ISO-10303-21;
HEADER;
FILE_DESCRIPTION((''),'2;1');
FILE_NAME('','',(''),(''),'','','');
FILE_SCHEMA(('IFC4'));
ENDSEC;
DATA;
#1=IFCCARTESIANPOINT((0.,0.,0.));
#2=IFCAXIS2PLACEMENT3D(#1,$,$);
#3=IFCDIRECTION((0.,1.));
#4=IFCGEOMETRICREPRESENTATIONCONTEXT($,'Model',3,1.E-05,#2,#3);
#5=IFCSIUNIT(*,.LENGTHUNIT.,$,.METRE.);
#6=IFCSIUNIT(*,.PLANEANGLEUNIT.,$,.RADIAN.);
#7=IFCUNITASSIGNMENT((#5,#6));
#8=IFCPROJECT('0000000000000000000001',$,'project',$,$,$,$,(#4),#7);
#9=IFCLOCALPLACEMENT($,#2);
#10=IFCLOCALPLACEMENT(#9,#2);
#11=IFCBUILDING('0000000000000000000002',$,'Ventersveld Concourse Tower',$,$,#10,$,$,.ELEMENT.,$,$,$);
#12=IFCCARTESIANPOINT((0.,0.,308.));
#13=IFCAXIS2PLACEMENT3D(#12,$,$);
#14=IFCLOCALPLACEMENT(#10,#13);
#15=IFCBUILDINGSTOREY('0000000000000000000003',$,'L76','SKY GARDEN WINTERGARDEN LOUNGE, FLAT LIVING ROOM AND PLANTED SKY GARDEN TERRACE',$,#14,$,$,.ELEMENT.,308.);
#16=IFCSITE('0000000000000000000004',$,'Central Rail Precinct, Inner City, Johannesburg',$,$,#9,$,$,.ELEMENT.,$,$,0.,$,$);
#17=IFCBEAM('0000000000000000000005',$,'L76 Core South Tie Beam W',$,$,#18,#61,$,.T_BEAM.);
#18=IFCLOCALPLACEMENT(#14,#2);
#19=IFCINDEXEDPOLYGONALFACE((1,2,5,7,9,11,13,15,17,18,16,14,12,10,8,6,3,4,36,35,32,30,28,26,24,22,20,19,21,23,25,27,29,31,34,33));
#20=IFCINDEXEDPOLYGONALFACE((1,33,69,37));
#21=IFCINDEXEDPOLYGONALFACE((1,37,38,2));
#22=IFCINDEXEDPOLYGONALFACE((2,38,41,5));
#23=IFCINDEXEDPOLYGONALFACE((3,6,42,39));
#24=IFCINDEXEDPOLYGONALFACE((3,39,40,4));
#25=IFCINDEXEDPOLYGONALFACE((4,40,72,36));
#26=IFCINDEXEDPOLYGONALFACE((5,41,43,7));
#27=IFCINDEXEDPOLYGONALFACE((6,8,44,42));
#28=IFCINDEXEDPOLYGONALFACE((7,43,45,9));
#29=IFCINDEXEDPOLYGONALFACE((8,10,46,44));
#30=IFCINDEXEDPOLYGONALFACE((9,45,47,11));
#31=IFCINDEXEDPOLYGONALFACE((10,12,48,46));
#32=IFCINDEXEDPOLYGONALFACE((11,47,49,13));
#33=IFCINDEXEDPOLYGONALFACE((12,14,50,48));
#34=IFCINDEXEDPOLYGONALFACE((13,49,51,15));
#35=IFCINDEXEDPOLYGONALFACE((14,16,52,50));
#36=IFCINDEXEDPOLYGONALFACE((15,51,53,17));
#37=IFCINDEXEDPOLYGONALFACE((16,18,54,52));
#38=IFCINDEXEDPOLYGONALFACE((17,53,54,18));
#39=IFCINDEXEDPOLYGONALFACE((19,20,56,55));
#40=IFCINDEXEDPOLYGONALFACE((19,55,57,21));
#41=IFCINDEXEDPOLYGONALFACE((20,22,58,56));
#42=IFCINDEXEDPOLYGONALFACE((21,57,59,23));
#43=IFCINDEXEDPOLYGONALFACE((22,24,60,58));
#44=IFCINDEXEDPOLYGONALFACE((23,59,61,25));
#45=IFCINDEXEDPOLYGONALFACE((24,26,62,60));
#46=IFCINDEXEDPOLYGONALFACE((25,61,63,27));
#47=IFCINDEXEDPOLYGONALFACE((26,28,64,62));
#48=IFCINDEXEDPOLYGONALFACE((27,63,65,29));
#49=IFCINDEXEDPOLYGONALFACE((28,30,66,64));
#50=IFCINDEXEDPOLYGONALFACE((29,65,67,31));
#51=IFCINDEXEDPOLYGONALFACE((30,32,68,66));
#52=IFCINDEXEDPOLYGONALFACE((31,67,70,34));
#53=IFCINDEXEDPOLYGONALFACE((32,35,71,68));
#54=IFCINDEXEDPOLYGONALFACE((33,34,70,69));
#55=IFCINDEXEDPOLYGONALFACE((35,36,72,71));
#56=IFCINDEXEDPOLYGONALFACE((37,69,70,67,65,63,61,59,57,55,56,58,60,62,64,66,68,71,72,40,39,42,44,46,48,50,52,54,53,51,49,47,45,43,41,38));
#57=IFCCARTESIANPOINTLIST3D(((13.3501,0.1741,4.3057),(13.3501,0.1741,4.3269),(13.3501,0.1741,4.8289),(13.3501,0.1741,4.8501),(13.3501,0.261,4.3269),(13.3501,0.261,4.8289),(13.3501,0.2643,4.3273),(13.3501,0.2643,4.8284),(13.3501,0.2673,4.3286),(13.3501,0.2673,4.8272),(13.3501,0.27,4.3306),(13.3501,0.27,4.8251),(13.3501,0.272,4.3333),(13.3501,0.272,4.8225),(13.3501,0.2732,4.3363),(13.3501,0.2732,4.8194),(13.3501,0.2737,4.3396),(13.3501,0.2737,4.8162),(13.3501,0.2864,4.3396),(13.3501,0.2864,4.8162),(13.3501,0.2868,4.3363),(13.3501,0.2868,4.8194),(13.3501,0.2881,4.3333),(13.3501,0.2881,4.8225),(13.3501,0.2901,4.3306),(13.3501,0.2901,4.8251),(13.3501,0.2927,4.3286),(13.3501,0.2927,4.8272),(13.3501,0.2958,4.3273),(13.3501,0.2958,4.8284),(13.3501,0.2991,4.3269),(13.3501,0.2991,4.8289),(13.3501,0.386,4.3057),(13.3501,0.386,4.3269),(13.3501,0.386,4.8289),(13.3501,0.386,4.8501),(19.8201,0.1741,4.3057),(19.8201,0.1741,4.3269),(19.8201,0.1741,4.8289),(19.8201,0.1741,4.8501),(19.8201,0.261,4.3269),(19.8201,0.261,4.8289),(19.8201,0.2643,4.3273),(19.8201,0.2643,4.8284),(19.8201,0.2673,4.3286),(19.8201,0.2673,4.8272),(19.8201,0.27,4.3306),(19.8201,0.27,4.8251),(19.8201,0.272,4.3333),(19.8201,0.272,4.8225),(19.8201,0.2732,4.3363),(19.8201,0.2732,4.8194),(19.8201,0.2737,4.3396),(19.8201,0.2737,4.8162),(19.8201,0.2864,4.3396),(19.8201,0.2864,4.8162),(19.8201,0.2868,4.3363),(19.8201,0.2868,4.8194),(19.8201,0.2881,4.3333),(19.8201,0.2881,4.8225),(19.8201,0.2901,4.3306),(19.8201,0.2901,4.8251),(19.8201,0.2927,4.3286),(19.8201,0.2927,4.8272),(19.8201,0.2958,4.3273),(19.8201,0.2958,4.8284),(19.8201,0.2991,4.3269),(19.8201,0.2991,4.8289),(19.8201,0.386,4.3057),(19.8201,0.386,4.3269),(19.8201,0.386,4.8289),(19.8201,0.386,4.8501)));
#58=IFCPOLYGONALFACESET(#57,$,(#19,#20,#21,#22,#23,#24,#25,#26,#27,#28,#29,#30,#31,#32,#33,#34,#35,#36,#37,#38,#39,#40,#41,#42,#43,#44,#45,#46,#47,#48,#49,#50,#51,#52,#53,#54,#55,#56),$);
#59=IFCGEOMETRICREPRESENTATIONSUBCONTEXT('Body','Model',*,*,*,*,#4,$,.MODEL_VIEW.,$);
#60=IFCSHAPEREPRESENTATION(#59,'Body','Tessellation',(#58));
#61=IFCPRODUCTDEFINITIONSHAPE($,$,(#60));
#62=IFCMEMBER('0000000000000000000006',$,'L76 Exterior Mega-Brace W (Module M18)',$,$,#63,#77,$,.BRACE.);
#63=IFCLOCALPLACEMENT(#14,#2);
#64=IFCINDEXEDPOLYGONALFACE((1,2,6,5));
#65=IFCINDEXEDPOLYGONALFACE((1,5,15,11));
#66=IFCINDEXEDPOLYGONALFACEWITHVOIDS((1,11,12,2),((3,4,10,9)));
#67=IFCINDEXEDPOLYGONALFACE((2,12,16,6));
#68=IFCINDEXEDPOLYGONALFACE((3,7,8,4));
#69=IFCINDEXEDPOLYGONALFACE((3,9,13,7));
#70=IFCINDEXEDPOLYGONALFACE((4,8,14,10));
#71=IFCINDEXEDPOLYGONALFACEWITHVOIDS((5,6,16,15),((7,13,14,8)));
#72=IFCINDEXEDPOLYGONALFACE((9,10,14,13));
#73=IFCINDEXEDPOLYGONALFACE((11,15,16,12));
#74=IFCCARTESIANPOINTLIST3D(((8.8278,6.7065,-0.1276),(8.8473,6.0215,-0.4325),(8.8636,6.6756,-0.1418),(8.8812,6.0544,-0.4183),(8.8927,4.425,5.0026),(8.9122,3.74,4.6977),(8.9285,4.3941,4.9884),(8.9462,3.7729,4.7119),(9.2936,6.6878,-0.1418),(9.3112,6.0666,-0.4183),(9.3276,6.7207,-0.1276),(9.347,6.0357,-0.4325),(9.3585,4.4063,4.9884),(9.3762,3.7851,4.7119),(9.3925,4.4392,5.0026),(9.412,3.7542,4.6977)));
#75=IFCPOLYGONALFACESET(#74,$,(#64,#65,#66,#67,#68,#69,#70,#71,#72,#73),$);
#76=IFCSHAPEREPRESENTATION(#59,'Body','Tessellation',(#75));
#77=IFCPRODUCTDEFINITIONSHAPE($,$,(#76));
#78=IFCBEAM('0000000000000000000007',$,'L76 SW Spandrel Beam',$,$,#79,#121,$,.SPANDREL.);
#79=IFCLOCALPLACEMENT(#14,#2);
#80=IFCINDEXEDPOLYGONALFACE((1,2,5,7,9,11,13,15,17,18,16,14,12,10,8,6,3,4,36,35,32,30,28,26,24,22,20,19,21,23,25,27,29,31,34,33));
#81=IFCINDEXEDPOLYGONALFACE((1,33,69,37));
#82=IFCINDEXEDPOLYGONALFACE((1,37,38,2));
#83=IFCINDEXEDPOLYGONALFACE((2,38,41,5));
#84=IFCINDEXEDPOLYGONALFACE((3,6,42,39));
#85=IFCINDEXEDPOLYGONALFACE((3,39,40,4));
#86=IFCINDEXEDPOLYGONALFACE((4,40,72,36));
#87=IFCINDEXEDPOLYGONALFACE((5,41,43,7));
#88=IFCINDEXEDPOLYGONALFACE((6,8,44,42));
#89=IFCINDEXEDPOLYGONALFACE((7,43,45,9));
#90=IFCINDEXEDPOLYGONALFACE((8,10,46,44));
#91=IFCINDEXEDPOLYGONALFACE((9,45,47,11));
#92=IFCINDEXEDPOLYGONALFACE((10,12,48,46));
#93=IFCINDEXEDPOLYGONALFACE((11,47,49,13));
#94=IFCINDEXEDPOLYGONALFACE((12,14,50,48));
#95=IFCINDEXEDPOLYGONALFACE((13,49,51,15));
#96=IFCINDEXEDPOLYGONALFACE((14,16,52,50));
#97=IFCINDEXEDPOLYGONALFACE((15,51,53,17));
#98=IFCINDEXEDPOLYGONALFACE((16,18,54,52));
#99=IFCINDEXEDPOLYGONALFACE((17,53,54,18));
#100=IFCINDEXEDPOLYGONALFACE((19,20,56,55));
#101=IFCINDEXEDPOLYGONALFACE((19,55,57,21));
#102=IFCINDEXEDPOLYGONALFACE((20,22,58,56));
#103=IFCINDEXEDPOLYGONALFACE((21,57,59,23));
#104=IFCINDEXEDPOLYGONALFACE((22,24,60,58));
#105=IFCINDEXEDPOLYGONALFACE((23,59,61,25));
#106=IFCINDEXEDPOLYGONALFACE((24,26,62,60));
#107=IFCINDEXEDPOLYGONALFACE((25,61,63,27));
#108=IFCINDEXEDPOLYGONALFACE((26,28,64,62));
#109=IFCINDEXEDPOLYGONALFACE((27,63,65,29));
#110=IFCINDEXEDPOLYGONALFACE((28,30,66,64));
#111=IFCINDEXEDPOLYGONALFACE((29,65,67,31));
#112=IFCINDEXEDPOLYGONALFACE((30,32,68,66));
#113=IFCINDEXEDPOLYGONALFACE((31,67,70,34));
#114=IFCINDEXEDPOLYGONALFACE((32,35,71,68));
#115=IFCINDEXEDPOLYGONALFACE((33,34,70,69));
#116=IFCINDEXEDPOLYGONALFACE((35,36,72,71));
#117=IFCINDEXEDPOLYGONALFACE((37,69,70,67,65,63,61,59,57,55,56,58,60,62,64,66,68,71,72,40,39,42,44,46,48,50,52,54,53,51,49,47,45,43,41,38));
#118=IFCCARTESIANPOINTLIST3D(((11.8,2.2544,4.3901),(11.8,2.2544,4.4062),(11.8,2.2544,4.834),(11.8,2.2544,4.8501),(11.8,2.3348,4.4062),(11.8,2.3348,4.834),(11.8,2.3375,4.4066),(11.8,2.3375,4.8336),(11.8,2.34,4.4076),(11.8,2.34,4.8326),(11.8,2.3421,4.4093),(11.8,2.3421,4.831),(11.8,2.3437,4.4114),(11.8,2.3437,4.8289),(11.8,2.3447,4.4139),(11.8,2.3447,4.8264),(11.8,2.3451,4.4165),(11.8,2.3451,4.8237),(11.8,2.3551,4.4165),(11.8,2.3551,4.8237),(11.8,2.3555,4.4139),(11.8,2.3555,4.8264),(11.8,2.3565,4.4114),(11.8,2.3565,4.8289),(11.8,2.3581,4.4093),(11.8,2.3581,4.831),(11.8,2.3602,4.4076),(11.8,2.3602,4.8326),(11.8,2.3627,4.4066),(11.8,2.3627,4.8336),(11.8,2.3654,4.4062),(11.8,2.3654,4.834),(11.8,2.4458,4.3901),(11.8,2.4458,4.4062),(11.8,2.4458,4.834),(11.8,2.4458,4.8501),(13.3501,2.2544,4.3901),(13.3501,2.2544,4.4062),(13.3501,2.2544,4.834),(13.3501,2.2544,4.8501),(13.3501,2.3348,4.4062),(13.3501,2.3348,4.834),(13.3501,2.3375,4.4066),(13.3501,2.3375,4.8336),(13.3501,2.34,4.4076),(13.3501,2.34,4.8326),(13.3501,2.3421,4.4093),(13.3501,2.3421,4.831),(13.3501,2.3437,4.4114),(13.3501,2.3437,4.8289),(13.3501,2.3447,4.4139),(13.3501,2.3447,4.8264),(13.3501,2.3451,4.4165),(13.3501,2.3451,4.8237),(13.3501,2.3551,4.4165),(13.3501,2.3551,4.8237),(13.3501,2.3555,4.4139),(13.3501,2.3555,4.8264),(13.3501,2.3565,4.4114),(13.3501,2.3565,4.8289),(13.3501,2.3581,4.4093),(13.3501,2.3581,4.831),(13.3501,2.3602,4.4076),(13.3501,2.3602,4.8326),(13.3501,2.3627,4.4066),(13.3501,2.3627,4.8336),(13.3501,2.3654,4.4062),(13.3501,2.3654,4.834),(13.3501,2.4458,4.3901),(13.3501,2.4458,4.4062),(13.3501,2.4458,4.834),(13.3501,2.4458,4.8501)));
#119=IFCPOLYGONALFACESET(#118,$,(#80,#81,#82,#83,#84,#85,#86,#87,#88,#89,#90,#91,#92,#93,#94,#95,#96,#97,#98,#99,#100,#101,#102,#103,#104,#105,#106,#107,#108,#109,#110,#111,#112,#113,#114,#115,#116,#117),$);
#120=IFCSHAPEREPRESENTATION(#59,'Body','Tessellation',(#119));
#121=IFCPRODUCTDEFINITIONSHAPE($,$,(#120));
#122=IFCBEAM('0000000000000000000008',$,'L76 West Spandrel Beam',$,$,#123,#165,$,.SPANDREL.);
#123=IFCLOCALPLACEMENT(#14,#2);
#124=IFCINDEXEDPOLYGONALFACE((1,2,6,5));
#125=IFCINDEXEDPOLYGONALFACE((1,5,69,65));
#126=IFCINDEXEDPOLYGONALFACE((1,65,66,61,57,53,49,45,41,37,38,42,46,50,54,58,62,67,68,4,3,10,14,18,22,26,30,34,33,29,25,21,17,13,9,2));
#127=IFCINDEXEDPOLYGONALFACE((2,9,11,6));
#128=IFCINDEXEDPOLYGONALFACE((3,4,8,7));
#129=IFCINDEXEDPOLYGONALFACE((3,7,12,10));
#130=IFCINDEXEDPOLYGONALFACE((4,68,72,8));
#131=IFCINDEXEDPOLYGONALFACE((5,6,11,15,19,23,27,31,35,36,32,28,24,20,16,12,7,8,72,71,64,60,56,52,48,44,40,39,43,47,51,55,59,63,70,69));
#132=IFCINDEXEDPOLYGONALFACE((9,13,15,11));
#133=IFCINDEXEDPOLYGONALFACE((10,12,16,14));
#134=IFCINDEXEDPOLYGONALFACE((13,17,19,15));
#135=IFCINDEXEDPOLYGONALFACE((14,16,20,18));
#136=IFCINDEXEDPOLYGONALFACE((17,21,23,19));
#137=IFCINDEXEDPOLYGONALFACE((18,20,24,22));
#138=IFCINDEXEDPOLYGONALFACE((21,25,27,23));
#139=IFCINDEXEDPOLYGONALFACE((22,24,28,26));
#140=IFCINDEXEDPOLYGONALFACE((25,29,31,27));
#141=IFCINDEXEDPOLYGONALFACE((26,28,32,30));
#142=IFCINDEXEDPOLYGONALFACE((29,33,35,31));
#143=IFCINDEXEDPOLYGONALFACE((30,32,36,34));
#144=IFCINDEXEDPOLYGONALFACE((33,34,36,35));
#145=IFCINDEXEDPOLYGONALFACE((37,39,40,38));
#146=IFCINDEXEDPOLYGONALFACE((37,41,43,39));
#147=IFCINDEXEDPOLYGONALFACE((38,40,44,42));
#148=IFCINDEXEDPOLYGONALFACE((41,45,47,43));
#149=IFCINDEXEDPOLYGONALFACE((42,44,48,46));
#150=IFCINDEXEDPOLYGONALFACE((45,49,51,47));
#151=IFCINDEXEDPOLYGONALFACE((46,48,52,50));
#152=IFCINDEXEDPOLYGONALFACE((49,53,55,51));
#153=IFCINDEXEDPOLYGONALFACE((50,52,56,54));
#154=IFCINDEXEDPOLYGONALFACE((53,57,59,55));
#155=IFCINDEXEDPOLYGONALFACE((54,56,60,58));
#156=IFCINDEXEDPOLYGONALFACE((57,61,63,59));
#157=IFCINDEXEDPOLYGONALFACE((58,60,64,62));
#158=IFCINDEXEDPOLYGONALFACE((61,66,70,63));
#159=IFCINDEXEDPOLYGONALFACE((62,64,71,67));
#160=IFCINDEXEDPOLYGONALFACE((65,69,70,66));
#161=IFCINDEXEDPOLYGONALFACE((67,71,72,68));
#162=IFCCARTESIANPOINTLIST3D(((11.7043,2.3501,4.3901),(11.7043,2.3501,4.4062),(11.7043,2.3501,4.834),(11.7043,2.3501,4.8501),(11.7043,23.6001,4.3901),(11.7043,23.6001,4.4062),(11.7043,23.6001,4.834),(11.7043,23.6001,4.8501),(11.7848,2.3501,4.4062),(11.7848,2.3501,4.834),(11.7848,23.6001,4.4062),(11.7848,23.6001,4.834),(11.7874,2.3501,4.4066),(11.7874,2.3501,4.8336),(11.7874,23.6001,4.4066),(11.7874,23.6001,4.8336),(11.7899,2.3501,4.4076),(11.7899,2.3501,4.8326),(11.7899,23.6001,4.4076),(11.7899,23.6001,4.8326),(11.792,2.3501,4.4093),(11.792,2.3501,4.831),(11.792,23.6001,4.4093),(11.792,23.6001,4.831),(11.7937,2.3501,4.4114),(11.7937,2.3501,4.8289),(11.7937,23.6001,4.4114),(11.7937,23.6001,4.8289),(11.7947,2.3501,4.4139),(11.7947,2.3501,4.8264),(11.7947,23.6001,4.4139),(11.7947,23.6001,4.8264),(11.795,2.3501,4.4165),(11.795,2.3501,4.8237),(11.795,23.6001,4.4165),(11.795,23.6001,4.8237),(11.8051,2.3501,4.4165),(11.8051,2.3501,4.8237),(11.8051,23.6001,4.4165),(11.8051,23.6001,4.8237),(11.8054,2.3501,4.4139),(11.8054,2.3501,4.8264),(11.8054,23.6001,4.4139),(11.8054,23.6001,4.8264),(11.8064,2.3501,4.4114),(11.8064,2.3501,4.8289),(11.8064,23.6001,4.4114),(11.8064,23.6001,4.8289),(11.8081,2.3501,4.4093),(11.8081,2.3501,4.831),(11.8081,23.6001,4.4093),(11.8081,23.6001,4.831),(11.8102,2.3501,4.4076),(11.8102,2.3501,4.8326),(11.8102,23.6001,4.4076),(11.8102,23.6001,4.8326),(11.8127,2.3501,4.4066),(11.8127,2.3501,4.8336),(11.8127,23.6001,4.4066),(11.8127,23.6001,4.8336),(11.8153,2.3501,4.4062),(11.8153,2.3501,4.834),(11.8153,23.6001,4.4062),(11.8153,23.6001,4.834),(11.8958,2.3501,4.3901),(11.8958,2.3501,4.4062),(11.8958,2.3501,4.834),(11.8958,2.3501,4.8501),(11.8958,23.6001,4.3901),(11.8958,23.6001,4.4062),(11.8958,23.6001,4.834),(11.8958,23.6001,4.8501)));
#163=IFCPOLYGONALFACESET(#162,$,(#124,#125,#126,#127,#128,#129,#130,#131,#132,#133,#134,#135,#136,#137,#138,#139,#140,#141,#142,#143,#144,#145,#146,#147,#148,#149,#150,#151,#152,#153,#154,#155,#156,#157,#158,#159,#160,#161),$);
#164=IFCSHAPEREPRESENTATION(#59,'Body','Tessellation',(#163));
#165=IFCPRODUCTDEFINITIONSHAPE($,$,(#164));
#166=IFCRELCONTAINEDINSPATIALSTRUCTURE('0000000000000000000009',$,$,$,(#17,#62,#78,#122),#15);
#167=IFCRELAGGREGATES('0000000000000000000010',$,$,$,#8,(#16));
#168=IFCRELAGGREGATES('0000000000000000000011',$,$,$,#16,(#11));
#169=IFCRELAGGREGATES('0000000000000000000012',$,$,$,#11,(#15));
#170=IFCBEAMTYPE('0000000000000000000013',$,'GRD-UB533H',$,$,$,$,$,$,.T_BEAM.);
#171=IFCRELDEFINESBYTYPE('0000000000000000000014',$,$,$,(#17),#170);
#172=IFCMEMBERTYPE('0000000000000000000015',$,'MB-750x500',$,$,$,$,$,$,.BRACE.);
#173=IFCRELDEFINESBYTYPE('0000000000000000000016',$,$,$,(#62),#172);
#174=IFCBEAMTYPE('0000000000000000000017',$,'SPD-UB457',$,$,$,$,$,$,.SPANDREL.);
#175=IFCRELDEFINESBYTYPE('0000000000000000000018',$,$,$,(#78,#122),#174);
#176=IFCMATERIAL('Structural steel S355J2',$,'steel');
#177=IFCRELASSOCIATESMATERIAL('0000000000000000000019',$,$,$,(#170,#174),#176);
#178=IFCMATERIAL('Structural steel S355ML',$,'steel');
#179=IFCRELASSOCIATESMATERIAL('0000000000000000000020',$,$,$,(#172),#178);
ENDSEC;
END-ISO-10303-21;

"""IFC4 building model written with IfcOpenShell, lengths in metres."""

from ifc_helpers import new_model, si_unit, direction, frame, origin, origin_2d, place, context, subcontext, project, spatial, hollow_rectangle, i_section, extrude, material, material_profile, profile_set, type_object, element, save


model = new_model("IFC4")

# Units and contexts
model_context = context("Model", 3, precision=1e-05, world=origin(), true_north=direction((0.0, 1.0)))
body_context = subcontext(model_context, "Body", "Model", "MODEL_VIEW")
ifc_project = project(units=[si_unit("LENGTHUNIT", "METRE"), si_unit("PLANEANGLEUNIT", "RADIAN")], contexts=[model_context])

# Site, building, storey
site_placement = place(None, origin())
site = spatial("IfcSite", under=ifc_project, at=site_placement, Name="Central Rail Precinct, Inner City, Johannesburg", CompositionType="ELEMENT", RefElevation=0.0)
building_placement = place(site_placement, origin())
building = spatial("IfcBuilding", under=site, at=building_placement, Name="Ventersveld Concourse Tower", CompositionType="ELEMENT")
storey_placement = place(building_placement, frame((0.0, 0.0, 308.0)))
storey = spatial("IfcBuildingStorey", under=building, at=storey_placement, Name="L76", Description="SKY GARDEN WINTERGARDEN LOUNGE, FLAT LIVING ROOM AND PLANTED SKY GARDEN TERRACE", CompositionType="ELEMENT", Elevation=308.0)

# Beam
ifc_material_1 = material(Name="Structural steel S355J2", Category="steel")
ifc_material_profile_1 = material_profile(ifc_material_1, i_section(OverallWidth=0.2119, OverallDepth=0.5444, WebThickness=0.0127, FlangeThickness=0.0212, FilletRadius=0.0127, at=origin_2d()), Name="UB 533x210x122")
ifc_profile_set_1 = profile_set([ifc_material_profile_1], Name="Structural steel S355J2")
beam_type_1 = type_object("IfcBeamType", Name="GRD-UB533H", PredefinedType="T_BEAM", material=ifc_profile_set_1)
beam_1_placement = place(storey_placement, frame((13.3501, 0.28, 4.5779), z_axis=(1.0, 0.0, 0.0), x_axis=(0.0, 1.0, 0.0)))
element("IfcBeam", 1, at=beam_1_placement, inside=storey, type_object=beam_type_1, Name="L76 Core South Tie Beam W", PredefinedType="T_BEAM", context=body_context, shape_type="SweptSolid", body=[
    extrude(i_section(OverallWidth=0.2119, OverallDepth=0.5444, WebThickness=0.0127, FlangeThickness=0.0212, FilletRadius=0.0127, at=origin_2d()), origin(), (0.0, 0.0, 1.0), 6.47),
])

# Member
ifc_material_2 = material(Name="Structural steel S355ML", Category="steel")
ifc_material_profile_2 = material_profile(ifc_material_2, hollow_rectangle(XDim=0.5, YDim=0.75, WallThickness=0.0349, at=origin_2d()), Name="BOX 750x500x35")
ifc_profile_set_2 = profile_set([ifc_material_profile_2], Name="Structural steel S355ML")
member_type = type_object("IfcMemberType", Name="MB-750x500", PredefinedType="BRACE", material=ifc_profile_set_2)
member_placement = place(storey_placement, frame((9.0874, 6.3711, -0.28), z_axis=(0.011566, -0.406325, 0.913655), x_axis=(0.999595, 0.028453, 0.0)))
element("IfcMember", 2, at=member_placement, inside=storey, type_object=member_type, Name="L76 Exterior Mega-Brace W (Module M18)", PredefinedType="BRACE", context=body_context, shape_type="SweptSolid", body=[
    extrude(hollow_rectangle(XDim=0.5, YDim=0.75, WallThickness=0.0349, at=origin_2d()), origin(), (0.0, 0.0, 1.0), 5.615),
])

# Beams
ifc_material_profile_3 = material_profile(ifc_material_1, i_section(OverallWidth=0.1914, OverallDepth=0.46, WebThickness=0.01, FlangeThickness=0.0161, FilletRadius=0.0103, at=origin_2d()), Name="UB 457x191x82")
ifc_profile_set_3 = profile_set([ifc_material_profile_3], Name="Structural steel S355J2")
beam_type_2 = type_object("IfcBeamType", Name="SPD-UB457", PredefinedType="SPANDREL", material=ifc_profile_set_3)
beam_2_placement = place(storey_placement, frame((11.8, 2.3501, 4.6201), z_axis=(1.0, 0.0, 0.0), x_axis=(0.0, 1.0, 0.0)))
element("IfcBeam", 3, at=beam_2_placement, inside=storey, type_object=beam_type_2, Name="L76 SW Spandrel Beam", PredefinedType="SPANDREL", context=body_context, shape_type="SweptSolid", body=[
    extrude(i_section(OverallWidth=0.1914, OverallDepth=0.46, WebThickness=0.01, FlangeThickness=0.0161, FilletRadius=0.0103, at=origin_2d()), origin(), (0.0, 0.0, 1.0), 1.55),
])
beam_3_placement = place(storey_placement, frame((11.8, 2.3501, 4.6201), z_axis=(0.0, 1.0, 0.0), x_axis=(-1.0, 0.0, 0.0)))
element("IfcBeam", 4, at=beam_3_placement, inside=storey, type_object=beam_type_2, Name="L76 West Spandrel Beam", PredefinedType="SPANDREL", context=body_context, shape_type="SweptSolid", body=[
    extrude(i_section(OverallWidth=0.1914, OverallDepth=0.46, WebThickness=0.01, FlangeThickness=0.0161, FilletRadius=0.0103, at=origin_2d()), origin(), (0.0, 0.0, 1.0), 21.25),
])

save(model, "model.ifc")
